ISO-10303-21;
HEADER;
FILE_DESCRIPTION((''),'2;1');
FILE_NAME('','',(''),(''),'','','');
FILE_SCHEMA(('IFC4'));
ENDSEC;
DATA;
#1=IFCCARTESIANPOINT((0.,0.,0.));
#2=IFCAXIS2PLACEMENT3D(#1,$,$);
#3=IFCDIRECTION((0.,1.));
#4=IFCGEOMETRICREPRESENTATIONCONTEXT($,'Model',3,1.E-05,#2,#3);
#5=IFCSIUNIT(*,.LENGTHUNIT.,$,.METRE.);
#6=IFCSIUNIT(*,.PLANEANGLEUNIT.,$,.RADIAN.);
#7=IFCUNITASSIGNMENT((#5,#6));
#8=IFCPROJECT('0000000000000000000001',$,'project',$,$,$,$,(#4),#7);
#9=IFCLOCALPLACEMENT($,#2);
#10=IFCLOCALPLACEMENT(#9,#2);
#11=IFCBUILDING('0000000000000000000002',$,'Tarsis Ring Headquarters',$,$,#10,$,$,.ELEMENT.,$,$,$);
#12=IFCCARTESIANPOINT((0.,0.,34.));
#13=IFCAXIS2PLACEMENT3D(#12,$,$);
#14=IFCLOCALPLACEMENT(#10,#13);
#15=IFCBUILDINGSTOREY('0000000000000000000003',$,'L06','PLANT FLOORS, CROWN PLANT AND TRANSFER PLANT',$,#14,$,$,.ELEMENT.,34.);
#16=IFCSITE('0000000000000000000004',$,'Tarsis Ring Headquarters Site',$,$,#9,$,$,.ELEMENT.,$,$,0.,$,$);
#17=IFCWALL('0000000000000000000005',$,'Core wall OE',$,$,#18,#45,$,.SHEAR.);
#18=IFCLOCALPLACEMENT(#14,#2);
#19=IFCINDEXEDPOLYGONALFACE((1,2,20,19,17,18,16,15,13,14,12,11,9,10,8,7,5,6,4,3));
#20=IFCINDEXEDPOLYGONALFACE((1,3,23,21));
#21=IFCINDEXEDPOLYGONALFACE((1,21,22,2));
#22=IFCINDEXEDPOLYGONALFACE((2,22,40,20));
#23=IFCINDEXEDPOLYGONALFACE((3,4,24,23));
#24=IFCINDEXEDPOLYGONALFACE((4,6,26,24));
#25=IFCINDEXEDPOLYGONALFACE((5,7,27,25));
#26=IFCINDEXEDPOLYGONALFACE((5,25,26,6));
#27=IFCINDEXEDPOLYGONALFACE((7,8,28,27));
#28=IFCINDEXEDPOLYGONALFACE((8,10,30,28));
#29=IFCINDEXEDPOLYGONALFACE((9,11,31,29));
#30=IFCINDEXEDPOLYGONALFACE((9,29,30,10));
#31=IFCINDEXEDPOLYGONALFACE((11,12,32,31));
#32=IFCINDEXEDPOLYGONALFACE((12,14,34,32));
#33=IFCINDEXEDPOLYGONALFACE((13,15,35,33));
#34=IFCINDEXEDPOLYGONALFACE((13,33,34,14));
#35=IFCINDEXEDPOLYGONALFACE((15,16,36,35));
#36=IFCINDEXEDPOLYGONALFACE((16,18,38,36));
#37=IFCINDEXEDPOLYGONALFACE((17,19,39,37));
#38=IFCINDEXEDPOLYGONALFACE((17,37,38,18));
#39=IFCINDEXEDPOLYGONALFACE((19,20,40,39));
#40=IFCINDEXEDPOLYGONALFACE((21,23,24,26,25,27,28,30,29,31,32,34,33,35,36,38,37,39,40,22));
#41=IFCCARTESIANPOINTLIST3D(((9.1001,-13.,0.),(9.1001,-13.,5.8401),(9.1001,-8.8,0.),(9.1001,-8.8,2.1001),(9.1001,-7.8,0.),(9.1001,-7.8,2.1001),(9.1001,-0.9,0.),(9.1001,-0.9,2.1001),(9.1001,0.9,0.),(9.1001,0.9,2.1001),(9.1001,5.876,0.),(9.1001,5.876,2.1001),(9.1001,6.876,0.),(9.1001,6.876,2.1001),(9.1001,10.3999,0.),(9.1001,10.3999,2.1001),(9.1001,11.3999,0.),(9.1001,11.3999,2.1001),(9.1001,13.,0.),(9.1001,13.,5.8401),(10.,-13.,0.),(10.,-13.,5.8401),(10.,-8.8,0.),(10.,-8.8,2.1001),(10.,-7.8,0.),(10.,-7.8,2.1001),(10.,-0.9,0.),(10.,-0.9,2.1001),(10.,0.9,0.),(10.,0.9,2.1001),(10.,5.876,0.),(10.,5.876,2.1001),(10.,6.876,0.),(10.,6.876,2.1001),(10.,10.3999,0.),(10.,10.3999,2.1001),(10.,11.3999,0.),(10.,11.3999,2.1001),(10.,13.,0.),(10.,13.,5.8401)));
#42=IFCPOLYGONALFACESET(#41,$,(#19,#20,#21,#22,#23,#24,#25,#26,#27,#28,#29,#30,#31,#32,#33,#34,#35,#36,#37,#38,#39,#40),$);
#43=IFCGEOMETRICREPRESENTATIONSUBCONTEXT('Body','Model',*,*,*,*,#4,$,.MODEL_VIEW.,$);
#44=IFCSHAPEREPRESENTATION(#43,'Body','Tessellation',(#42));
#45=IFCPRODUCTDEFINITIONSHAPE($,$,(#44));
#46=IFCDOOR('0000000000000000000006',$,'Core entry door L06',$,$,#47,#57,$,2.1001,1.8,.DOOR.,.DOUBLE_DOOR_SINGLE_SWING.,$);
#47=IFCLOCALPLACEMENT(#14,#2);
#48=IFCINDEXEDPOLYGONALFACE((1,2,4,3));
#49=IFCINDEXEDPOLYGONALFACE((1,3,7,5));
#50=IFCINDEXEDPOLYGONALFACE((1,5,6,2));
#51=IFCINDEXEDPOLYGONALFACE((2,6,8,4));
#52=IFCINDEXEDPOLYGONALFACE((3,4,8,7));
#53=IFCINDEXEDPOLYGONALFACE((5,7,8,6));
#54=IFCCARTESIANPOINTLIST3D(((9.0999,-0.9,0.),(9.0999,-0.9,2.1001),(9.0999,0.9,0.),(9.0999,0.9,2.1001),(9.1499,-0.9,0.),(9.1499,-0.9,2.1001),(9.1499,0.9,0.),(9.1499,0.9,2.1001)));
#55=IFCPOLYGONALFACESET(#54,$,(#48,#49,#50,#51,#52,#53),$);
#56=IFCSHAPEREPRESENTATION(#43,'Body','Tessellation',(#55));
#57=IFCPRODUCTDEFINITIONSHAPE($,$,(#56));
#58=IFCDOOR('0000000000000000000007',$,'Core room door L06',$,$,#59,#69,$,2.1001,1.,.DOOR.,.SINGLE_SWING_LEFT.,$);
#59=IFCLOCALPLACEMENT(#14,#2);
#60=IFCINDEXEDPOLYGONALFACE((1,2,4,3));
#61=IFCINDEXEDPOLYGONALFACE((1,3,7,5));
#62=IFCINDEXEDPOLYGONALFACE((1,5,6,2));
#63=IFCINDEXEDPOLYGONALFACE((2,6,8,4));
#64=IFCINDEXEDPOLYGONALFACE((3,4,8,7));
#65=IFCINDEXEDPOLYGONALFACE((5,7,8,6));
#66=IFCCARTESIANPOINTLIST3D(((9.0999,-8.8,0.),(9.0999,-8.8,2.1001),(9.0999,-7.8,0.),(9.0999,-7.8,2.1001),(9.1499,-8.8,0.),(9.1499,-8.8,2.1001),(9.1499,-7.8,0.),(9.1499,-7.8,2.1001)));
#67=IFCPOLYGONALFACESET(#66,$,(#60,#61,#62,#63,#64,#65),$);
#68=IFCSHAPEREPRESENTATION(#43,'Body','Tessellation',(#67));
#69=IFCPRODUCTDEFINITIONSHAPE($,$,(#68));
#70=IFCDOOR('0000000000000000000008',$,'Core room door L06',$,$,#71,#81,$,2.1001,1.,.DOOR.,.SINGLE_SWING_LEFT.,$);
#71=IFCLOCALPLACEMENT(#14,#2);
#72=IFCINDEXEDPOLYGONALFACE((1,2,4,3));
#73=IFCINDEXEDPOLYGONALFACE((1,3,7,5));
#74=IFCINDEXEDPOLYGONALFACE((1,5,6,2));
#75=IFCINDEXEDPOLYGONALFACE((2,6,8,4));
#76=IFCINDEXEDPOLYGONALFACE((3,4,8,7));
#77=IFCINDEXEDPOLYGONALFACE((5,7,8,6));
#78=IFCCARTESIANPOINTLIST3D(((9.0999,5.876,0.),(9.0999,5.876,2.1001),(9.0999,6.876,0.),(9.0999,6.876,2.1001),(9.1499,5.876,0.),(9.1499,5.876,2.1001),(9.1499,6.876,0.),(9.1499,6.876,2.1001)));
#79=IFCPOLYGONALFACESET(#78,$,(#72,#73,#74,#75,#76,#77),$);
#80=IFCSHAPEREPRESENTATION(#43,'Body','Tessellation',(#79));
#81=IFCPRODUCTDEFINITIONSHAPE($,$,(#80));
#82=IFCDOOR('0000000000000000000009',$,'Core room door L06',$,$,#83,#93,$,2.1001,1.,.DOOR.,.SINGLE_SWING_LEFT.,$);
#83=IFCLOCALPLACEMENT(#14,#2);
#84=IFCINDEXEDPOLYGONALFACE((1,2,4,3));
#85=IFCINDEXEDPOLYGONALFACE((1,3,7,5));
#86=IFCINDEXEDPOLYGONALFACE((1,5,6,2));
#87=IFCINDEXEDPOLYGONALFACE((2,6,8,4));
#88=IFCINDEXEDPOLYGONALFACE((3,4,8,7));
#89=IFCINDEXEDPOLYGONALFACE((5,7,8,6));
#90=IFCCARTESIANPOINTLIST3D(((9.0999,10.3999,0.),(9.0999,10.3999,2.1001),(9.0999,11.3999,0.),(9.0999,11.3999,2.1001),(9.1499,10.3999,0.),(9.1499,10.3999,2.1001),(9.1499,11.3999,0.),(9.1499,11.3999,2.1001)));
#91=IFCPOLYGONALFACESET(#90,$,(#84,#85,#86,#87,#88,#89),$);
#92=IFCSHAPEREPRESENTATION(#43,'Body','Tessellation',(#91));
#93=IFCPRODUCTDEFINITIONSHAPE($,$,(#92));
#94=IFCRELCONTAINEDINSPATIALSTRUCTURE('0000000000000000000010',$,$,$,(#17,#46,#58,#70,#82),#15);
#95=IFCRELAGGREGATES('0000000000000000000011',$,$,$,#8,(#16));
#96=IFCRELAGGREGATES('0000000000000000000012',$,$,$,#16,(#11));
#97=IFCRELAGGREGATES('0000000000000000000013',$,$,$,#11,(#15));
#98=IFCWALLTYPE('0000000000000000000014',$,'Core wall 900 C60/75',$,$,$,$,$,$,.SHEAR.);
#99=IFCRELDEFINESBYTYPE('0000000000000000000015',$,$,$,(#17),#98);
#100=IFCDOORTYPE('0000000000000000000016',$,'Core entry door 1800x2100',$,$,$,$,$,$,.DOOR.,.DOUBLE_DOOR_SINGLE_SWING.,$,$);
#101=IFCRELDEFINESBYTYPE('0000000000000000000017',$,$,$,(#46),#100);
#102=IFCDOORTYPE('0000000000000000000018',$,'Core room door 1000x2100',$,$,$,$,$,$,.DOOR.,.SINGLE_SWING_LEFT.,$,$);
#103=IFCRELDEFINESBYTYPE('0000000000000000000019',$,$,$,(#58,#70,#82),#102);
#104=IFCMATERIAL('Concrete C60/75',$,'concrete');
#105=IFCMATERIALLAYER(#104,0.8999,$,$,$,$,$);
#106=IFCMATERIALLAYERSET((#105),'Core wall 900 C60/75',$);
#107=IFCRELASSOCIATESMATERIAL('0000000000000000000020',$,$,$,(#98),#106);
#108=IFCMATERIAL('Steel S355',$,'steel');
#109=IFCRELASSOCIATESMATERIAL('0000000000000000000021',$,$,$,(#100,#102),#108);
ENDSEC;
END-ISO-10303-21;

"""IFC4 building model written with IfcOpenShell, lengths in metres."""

from ifc_helpers import new_model, si_unit, direction, frame, frame_2d, origin, place, context, subcontext, project, spatial, rectangle, extrude, material, layer, layer_set, type_object, element, fill, save


model = new_model("IFC4")

# Units and contexts
model_context = context("Model", 3, precision=1e-05, world=origin(), true_north=direction((0.0, 1.0)))
body_context = subcontext(model_context, "Body", "Model", "MODEL_VIEW")
ifc_project = project(units=[si_unit("LENGTHUNIT", "METRE"), si_unit("PLANEANGLEUNIT", "RADIAN")], contexts=[model_context])

# Site, building, storey
site_placement = place(None, origin())
site = spatial("IfcSite", under=ifc_project, at=site_placement, Name="Tarsis Ring Headquarters Site", CompositionType="ELEMENT", RefElevation=0.0)
building_placement = place(site_placement, origin())
building = spatial("IfcBuilding", under=site, at=building_placement, Name="Tarsis Ring Headquarters", CompositionType="ELEMENT")
storey_placement = place(building_placement, frame((0.0, 0.0, 34.0)))
storey = spatial("IfcBuildingStorey", under=building, at=storey_placement, Name="L06", Description="PLANT FLOORS, CROWN PLANT AND TRANSFER PLANT", CompositionType="ELEMENT", Elevation=34.0)

# Wall, openings, doors
ifc_material_1 = material(Name="Concrete C60/75", Category="concrete")
ifc_layer_1 = layer(ifc_material_1, 0.8999)
ifc_layer_set_1 = layer_set([ifc_layer_1], Name="Core wall 900 C60/75")
wall_type_1 = type_object("IfcWallType", Name="Core wall 900 C60/75", PredefinedType="SHEAR", material=ifc_layer_set_1)
wall_1_placement = place(storey_placement, frame((9.55, -13.0, 0.0), z_axis=(0.0, 0.0, 1.0), x_axis=(0.0, 1.0, 0.0)))
wall_1 = element("IfcWall", 1, at=wall_1_placement, inside=storey, type_object=wall_type_1, Name="Core wall OE", PredefinedType="SHEAR", context=body_context, shape_type="SweptSolid", body=[
    extrude(rectangle(XDim=26.0, YDim=0.8999, at=frame_2d((13.0, 0.0))), origin(), (0.0, 0.0, 1.0), 5.8401),
])
opening_1_placement = place(wall_1_placement, frame((4.2, 0.0, 0.0)))
opening_1 = element("IfcOpeningElement", 2, at=opening_1_placement, cuts=wall_1, PredefinedType="OPENING", context=body_context, shape_type="SweptSolid", body=[
    extrude(rectangle(XDim=1.0, YDim=2.1001, at=frame_2d((0.5, 1.05))), frame((0.0, 0.46, 0.0), z_axis=(0.0, -1.0, 0.0), x_axis=(1.0, 0.0, 0.0)), (0.0, 0.0, 1.0), 0.9199),
])
opening_2_placement = place(wall_1_placement, frame((12.1001, 0.0, 0.0)))
opening_2 = element("IfcOpeningElement", 3, at=opening_2_placement, cuts=wall_1, PredefinedType="OPENING", context=body_context, shape_type="SweptSolid", body=[
    extrude(rectangle(XDim=1.8, YDim=2.1001, at=frame_2d((0.8999, 1.05))), frame((0.0, 0.46, 0.0), z_axis=(0.0, -1.0, 0.0), x_axis=(1.0, 0.0, 0.0)), (0.0, 0.0, 1.0), 0.9199),
])
opening_3_placement = place(wall_1_placement, frame((18.876, 0.0, 0.0)))
opening_3 = element("IfcOpeningElement", 4, at=opening_3_placement, cuts=wall_1, PredefinedType="OPENING", context=body_context, shape_type="SweptSolid", body=[
    extrude(rectangle(XDim=1.0, YDim=2.1001, at=frame_2d((0.5, 1.05))), frame((0.0, 0.46, 0.0), z_axis=(0.0, -1.0, 0.0), x_axis=(1.0, 0.0, 0.0)), (0.0, 0.0, 1.0), 0.9199),
])
opening_4_placement = place(wall_1_placement, frame((23.3999, 0.0, 0.0)))
opening_4 = element("IfcOpeningElement", 5, at=opening_4_placement, cuts=wall_1, PredefinedType="OPENING", context=body_context, shape_type="SweptSolid", body=[
    extrude(rectangle(XDim=1.0, YDim=2.1001, at=frame_2d((0.5, 1.05))), frame((0.0, 0.46, 0.0), z_axis=(0.0, -1.0, 0.0), x_axis=(1.0, 0.0, 0.0)), (0.0, 0.0, 1.0), 0.9199),
])
ifc_material_2 = material(Name="Steel S355", Category="steel")
door_type_1 = type_object("IfcDoorType", Name="Core entry door 1800x2100", OperationType="DOUBLE_DOOR_SINGLE_SWING", PredefinedType="DOOR", material=ifc_material_2)
door_1_placement = place(opening_2_placement, origin())
door_1 = element("IfcDoor", 6, at=door_1_placement, inside=storey, type_object=door_type_1, Name="Core entry door L06", OperationType="DOUBLE_DOOR_SINGLE_SWING", OverallHeight=2.1001, OverallWidth=1.8, PredefinedType="DOOR", context=body_context, shape_type="SweptSolid", body=[
    extrude(rectangle(XDim=1.8, YDim=2.1001, at=frame_2d((0.8999, 1.05))), frame((0.0, 0.4502, 0.0), z_axis=(0.0, -1.0, 0.0), x_axis=(1.0, 0.0, 0.0)), (0.0, 0.0, 1.0), 0.05),
])
fill(opening_2, door_1)
door_type_2 = type_object("IfcDoorType", Name="Core room door 1000x2100", OperationType="SINGLE_SWING_LEFT", PredefinedType="DOOR", material=ifc_material_2)
door_2_placement = place(opening_1_placement, origin())
door_2 = element("IfcDoor", 7, at=door_2_placement, inside=storey, type_object=door_type_2, Name="Core room door L06", OperationType="SINGLE_SWING_LEFT", OverallHeight=2.1001, OverallWidth=1.0, PredefinedType="DOOR", context=body_context, shape_type="SweptSolid", body=[
    extrude(rectangle(XDim=1.0, YDim=2.1001, at=frame_2d((0.5, 1.05))), frame((0.0, 0.4502, 0.0), z_axis=(0.0, -1.0, 0.0), x_axis=(1.0, 0.0, 0.0)), (0.0, 0.0, 1.0), 0.05),
])
fill(opening_1, door_2)
door_3_placement = place(opening_3_placement, origin())
door_3 = element("IfcDoor", 8, at=door_3_placement, inside=storey, type_object=door_type_2, Name="Core room door L06", OperationType="SINGLE_SWING_LEFT", OverallHeight=2.1001, OverallWidth=1.0, PredefinedType="DOOR", context=body_context, shape_type="SweptSolid", body=[
    extrude(rectangle(XDim=1.0, YDim=2.1001, at=frame_2d((0.5, 1.05))), frame((0.0, 0.4502, 0.0), z_axis=(0.0, -1.0, 0.0), x_axis=(1.0, 0.0, 0.0)), (0.0, 0.0, 1.0), 0.05),
])
fill(opening_3, door_3)
door_4_placement = place(opening_4_placement, origin())
door_4 = element("IfcDoor", 9, at=door_4_placement, inside=storey, type_object=door_type_2, Name="Core room door L06", OperationType="SINGLE_SWING_LEFT", OverallHeight=2.1001, OverallWidth=1.0, PredefinedType="DOOR", context=body_context, shape_type="SweptSolid", body=[
    extrude(rectangle(XDim=1.0, YDim=2.1001, at=frame_2d((0.5, 1.05))), frame((0.0, 0.4502, 0.0), z_axis=(0.0, -1.0, 0.0), x_axis=(1.0, 0.0, 0.0)), (0.0, 0.0, 1.0), 0.05),
])
fill(opening_4, door_4)

save(model, "model.ifc")
